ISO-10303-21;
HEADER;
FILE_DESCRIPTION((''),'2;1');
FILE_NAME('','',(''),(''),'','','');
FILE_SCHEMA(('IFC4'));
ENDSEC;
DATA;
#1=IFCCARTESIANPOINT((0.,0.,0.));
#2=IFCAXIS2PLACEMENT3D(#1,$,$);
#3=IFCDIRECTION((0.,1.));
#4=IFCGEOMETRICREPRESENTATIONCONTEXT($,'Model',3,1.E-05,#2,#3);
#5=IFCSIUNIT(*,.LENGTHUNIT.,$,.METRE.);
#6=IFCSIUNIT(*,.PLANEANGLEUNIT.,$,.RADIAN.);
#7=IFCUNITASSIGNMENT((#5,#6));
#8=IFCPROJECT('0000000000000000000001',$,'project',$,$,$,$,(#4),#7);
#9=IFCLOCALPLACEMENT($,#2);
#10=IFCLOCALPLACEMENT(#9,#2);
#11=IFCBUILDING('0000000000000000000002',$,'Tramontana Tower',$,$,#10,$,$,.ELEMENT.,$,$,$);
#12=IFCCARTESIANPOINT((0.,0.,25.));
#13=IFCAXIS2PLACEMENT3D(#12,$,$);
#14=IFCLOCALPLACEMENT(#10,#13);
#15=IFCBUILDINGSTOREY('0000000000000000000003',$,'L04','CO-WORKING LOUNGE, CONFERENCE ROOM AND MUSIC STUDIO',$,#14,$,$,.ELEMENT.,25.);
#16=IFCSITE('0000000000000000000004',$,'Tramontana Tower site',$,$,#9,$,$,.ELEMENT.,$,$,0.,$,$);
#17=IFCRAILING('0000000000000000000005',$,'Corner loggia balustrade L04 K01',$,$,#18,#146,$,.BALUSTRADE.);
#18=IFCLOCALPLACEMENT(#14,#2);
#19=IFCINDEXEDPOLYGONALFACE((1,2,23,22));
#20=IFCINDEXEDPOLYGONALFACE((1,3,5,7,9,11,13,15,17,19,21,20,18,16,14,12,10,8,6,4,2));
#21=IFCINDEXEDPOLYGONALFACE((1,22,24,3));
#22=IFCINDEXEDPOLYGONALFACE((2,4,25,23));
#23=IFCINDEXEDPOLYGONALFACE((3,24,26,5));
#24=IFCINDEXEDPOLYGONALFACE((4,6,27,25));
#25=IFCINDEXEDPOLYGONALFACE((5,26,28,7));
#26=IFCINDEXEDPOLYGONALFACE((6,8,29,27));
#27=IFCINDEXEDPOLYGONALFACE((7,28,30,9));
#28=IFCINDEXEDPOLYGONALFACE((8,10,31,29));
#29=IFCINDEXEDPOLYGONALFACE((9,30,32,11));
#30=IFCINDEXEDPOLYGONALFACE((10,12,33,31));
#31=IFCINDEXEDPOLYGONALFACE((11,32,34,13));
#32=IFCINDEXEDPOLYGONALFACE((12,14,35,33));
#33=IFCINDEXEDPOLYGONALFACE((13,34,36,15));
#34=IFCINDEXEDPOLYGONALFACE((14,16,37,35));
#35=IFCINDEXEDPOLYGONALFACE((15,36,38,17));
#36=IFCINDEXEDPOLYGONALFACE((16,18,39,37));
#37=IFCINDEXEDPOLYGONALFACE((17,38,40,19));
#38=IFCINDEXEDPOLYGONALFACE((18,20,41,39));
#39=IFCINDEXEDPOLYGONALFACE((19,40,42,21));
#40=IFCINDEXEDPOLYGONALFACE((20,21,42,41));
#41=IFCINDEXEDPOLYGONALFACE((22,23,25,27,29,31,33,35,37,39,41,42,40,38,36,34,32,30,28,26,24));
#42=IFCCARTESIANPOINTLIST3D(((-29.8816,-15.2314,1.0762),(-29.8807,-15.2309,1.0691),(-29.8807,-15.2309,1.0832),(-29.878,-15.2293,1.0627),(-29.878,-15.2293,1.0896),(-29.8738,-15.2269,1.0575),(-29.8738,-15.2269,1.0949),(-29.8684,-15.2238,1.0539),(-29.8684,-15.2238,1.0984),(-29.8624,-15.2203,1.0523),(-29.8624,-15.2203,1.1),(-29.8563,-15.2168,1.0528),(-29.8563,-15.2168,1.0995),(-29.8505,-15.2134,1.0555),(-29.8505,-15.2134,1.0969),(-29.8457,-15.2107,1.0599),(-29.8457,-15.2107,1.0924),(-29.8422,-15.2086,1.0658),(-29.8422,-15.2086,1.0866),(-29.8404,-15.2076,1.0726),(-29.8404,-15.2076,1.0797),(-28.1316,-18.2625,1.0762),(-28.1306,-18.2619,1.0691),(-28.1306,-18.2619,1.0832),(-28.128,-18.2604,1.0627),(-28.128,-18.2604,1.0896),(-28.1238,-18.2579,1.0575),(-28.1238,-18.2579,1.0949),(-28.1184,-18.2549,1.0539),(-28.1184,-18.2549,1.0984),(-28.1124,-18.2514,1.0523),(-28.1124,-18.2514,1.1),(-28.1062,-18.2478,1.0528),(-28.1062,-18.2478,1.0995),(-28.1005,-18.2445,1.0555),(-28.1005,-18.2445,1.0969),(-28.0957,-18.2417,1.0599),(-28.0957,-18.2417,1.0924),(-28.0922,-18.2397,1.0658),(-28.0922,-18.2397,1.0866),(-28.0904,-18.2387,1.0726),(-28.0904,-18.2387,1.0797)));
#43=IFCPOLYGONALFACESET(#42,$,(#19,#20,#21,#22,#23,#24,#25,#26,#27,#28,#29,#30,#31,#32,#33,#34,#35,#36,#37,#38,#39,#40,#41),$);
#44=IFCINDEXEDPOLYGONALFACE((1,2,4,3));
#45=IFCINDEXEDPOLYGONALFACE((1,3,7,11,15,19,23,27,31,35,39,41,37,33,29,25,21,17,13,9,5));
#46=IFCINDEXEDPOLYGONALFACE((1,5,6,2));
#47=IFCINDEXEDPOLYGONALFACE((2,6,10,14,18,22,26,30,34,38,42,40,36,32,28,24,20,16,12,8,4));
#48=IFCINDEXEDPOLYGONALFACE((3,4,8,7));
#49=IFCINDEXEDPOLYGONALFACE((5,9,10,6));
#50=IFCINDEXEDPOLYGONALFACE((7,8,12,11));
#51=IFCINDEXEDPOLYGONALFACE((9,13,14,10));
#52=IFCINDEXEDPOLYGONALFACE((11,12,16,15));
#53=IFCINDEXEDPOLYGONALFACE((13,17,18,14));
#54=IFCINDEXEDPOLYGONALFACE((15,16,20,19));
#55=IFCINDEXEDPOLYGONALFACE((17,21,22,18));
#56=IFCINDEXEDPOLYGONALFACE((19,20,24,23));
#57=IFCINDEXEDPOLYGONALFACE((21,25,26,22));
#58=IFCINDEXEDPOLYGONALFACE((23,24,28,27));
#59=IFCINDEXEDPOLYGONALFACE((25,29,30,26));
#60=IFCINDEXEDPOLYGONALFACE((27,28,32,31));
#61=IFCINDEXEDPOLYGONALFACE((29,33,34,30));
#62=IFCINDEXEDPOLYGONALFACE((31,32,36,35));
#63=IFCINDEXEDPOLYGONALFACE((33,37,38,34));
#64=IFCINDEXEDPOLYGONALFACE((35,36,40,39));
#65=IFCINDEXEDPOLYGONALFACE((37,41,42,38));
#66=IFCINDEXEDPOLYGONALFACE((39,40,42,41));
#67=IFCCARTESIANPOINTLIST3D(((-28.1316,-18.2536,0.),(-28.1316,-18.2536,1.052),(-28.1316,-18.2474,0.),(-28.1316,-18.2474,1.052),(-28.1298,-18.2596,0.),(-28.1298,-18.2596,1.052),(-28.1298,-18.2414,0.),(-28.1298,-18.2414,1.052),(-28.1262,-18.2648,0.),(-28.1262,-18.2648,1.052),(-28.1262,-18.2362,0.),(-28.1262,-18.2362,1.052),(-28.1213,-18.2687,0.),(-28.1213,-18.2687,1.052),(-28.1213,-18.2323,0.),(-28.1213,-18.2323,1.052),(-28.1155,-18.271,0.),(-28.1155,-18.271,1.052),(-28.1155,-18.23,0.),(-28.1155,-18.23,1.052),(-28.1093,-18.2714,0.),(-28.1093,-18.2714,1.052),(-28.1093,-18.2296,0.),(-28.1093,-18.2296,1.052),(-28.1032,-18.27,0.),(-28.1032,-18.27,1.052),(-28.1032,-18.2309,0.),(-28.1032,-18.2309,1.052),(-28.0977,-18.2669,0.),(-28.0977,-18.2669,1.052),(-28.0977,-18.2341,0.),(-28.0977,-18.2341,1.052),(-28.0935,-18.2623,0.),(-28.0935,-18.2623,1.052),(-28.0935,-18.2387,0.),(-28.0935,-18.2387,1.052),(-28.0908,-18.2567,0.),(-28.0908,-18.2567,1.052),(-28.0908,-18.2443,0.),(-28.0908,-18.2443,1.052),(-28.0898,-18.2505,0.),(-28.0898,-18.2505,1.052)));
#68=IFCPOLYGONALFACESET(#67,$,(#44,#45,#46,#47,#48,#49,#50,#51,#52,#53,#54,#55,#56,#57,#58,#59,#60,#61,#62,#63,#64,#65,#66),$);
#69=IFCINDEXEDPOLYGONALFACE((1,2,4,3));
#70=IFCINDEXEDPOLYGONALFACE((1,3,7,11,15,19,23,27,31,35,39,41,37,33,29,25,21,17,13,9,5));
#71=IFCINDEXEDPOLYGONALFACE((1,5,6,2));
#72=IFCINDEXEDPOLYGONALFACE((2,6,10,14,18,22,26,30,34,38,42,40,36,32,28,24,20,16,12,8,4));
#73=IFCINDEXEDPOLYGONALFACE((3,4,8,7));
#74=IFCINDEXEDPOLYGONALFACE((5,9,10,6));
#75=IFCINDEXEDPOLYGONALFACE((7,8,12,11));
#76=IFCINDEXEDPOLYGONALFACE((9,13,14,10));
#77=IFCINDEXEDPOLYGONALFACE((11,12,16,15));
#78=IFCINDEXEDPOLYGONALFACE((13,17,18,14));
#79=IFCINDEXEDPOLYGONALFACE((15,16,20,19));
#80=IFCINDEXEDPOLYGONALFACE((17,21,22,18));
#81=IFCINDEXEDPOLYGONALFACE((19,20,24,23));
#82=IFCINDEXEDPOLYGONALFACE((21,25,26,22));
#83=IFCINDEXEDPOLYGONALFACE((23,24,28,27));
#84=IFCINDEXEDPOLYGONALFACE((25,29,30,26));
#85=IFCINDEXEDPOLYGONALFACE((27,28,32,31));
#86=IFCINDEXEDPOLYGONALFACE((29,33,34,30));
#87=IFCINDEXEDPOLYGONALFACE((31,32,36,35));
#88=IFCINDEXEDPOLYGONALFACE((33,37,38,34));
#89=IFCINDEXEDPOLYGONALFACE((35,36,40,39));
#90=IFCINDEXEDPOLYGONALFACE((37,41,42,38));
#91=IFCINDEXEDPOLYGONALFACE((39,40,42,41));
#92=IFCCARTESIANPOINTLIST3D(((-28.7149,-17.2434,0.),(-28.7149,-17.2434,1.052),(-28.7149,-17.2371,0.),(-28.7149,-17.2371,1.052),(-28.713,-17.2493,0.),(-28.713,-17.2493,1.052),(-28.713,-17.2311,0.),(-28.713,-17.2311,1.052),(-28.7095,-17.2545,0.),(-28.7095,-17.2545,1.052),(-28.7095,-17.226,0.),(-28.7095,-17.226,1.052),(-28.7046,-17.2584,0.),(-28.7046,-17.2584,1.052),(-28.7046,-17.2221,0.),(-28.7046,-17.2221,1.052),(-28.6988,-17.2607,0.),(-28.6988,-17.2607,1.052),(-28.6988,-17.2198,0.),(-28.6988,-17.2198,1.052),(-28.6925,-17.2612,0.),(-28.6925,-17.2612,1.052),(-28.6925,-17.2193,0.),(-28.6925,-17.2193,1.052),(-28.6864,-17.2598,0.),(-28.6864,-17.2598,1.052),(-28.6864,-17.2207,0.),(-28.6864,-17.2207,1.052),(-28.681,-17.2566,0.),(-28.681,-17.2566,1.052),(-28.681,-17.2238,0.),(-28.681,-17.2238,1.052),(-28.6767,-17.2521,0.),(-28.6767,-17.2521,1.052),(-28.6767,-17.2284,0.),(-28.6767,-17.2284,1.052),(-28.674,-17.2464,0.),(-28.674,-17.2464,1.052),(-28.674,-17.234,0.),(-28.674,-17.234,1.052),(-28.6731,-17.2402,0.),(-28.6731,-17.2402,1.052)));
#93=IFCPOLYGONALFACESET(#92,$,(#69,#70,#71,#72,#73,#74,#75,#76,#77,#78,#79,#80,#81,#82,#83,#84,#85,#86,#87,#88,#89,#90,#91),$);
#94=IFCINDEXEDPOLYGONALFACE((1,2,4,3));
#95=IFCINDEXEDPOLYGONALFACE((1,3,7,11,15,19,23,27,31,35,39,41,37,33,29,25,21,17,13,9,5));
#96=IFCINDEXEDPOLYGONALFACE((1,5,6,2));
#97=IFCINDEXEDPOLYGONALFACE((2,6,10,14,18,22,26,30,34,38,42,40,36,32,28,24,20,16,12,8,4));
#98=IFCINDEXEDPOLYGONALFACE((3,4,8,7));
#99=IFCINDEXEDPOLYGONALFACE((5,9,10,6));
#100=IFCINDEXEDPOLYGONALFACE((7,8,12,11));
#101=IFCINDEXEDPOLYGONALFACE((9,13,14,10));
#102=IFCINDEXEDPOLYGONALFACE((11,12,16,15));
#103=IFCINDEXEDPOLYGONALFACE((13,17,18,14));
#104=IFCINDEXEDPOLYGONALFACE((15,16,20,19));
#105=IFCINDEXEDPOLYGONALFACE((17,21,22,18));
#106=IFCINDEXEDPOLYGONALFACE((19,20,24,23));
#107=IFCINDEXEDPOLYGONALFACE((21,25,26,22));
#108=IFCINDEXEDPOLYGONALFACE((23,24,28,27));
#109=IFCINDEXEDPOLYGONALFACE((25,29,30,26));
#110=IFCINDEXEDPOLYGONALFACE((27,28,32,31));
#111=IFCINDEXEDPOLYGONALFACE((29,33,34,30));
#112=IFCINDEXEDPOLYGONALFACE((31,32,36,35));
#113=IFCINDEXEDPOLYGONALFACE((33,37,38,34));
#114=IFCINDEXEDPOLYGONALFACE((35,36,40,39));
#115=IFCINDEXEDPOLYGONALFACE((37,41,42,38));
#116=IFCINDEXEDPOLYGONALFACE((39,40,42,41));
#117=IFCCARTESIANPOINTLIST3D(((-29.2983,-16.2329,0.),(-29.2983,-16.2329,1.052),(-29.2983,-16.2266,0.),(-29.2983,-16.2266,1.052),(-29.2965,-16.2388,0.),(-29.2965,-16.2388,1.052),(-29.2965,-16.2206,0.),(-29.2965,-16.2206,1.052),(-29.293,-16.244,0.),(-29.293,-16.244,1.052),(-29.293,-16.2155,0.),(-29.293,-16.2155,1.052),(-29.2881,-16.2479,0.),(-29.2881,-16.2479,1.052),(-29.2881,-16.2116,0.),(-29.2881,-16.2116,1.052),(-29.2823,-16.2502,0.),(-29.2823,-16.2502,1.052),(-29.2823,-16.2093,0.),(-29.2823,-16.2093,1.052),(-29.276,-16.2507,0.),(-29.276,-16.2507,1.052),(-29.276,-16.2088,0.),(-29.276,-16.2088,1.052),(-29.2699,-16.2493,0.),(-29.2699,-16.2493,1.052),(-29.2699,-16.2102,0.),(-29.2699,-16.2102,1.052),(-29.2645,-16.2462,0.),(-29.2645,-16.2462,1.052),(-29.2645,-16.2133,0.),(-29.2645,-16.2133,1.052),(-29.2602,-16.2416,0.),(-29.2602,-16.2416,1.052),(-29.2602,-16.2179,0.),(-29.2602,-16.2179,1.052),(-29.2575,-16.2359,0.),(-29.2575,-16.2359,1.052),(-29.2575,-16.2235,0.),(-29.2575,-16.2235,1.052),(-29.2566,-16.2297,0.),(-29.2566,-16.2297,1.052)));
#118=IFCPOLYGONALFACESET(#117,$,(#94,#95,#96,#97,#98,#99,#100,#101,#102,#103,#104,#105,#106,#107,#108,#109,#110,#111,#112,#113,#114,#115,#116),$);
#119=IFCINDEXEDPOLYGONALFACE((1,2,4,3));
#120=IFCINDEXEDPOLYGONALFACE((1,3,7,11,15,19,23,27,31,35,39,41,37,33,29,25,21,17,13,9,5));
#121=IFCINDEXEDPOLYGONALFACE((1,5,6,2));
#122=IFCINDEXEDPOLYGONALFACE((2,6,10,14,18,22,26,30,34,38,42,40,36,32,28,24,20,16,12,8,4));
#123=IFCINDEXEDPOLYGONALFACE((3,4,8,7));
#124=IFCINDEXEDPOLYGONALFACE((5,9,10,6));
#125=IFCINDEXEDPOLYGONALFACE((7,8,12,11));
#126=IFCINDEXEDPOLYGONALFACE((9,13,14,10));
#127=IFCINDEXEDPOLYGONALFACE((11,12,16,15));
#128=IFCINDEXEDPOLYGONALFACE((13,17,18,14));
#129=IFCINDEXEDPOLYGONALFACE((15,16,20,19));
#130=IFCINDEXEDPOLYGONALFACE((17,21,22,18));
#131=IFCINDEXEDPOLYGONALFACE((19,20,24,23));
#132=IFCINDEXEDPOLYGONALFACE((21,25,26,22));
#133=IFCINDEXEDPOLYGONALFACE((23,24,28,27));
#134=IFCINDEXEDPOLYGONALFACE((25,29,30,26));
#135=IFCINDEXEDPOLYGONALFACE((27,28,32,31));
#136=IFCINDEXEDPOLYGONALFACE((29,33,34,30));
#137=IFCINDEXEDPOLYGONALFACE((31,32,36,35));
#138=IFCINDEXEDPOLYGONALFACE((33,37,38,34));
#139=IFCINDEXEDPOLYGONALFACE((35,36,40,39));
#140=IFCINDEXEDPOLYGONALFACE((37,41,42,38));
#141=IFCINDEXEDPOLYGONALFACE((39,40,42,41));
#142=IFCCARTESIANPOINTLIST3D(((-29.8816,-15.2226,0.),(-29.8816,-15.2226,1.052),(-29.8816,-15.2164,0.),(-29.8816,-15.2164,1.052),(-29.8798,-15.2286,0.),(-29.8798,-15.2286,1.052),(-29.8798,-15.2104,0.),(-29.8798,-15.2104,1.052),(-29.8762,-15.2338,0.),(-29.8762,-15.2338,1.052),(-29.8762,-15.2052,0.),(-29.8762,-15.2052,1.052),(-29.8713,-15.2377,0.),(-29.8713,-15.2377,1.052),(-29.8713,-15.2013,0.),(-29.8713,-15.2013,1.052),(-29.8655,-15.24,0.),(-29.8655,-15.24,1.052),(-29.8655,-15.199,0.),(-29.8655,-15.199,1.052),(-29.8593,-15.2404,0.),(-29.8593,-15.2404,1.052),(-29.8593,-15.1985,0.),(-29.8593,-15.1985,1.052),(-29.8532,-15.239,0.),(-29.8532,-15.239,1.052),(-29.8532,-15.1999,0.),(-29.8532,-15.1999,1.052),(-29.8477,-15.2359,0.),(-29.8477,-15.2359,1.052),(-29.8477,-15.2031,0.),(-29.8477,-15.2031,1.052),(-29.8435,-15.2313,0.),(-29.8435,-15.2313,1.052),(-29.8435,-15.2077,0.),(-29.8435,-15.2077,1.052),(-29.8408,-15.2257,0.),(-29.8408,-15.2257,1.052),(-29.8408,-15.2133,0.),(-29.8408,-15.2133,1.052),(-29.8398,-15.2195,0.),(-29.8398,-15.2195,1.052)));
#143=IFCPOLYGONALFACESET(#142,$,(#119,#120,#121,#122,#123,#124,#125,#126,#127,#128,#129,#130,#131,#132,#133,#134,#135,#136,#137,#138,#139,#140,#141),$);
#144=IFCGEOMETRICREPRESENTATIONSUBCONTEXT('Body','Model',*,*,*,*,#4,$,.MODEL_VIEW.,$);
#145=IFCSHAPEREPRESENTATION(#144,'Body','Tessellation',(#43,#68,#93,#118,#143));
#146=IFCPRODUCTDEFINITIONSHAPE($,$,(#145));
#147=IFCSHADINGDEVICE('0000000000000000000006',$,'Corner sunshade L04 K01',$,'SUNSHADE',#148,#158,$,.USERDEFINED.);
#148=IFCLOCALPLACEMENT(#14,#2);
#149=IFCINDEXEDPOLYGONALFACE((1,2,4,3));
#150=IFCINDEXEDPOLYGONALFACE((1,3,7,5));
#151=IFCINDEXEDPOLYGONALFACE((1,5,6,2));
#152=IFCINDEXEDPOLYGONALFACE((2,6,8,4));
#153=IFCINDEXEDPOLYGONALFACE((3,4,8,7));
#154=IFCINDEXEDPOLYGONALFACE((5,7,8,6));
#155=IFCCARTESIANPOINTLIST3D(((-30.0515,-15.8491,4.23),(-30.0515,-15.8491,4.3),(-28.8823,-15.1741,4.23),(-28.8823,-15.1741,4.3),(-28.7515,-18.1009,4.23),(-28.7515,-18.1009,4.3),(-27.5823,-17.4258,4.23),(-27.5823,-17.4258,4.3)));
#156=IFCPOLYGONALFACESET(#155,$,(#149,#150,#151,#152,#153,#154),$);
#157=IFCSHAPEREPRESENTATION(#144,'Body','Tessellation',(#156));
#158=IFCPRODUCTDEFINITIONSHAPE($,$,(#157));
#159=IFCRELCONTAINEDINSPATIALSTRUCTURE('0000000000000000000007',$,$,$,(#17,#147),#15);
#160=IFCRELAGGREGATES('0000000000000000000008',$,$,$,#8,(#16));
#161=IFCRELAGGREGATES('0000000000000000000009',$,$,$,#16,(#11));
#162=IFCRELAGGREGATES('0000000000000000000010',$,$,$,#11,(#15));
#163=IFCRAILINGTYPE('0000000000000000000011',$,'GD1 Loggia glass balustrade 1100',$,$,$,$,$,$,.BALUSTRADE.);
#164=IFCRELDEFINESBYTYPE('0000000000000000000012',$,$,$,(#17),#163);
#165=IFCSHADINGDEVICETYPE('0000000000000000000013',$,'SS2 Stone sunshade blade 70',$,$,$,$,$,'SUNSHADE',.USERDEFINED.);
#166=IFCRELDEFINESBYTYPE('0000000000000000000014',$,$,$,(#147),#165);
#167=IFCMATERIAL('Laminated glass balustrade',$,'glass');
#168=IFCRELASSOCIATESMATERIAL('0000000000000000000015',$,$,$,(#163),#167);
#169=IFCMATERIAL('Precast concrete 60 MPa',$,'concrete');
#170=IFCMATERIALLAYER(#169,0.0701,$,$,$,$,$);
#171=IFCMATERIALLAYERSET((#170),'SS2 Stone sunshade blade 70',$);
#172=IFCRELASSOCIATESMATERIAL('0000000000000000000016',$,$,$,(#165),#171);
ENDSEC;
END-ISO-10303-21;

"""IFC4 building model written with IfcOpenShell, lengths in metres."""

from ifc_helpers import new_model, si_unit, direction, frame, origin, origin_2d, place, context, subcontext, project, spatial, rectangle, circle, extrude, material, layer, layer_set, type_object, element, save


model = new_model("IFC4")

# Units and contexts
model_context = context("Model", 3, precision=1e-05, world=origin(), true_north=direction((0.0, 1.0)))
body_context = subcontext(model_context, "Body", "Model", "MODEL_VIEW")
ifc_project = project(units=[si_unit("LENGTHUNIT", "METRE"), si_unit("PLANEANGLEUNIT", "RADIAN")], contexts=[model_context])

# Site, building, storey
site_placement = place(None, origin())
site = spatial("IfcSite", under=ifc_project, at=site_placement, Name="Tramontana Tower site", CompositionType="ELEMENT", RefElevation=0.0)
building_placement = place(site_placement, origin())
building = spatial("IfcBuilding", under=site, at=building_placement, Name="Tramontana Tower", CompositionType="ELEMENT")
storey_placement = place(building_placement, frame((0.0, 0.0, 25.0)))
storey = spatial("IfcBuildingStorey", under=building, at=storey_placement, Name="L04", Description="CO-WORKING LOUNGE, CONFERENCE ROOM AND MUSIC STUDIO", CompositionType="ELEMENT", Elevation=25.0)

# Railing
ifc_material_1 = material(Name="Laminated glass balustrade", Category="glass")
railing_type = type_object("IfcRailingType", Name="GD1 Loggia glass balustrade 1100", PredefinedType="BALUSTRADE", material=ifc_material_1)
railing_1_placement = place(storey_placement, frame((-28.1108, -18.2505, 0.0)))
element("IfcRailing", 1, at=railing_1_placement, inside=storey, type_object=railing_type, Name="Corner loggia balustrade L04 K01", PredefinedType="BALUSTRADE", context=body_context, shape_type="SweptSolid", body=[
    extrude(circle(Radius=0.0239, at=origin_2d()), frame((0.0, 0.0, 1.0762), z_axis=(-0.50001, 0.866019, 0.0), x_axis=(-0.866019, -0.50001, 0.0)), (0.0, 0.0, 1.0), 3.5),
    extrude(circle(Radius=0.021, at=origin_2d()), origin(), (0.0, 0.0, 1.0), 1.052),
    extrude(circle(Radius=0.021, at=origin_2d()), frame((-0.5833, 1.0103, 0.0)), (0.0, 0.0, 1.0), 1.052),
    extrude(circle(Radius=0.021, at=origin_2d()), frame((-1.1667, 2.0208, 0.0)), (0.0, 0.0, 1.0), 1.052),
    extrude(circle(Radius=0.021, at=origin_2d()), frame((-1.75, 3.031, 0.0)), (0.0, 0.0, 1.0), 1.052),
])

# Shading device
ifc_material_2 = material(Name="Precast concrete 60 MPa", Category="concrete")
ifc_layer_1 = layer(ifc_material_2, 0.0701)
ifc_layer_set_1 = layer_set([ifc_layer_1], Name="SS2 Stone sunshade blade 70")
shading_device_type = type_object("IfcShadingDeviceType", Name="SS2 Stone sunshade blade 70", ElementType="SUNSHADE", PredefinedType="USERDEFINED", material=ifc_layer_set_1)
shading_device_placement = place(storey_placement, frame((-28.8169, -16.6375, 4.23), z_axis=(0.0, 0.0, 1.0), x_axis=(-0.5, 0.866025, 0.0)))
element("IfcShadingDevice", 2, at=shading_device_placement, inside=storey, type_object=shading_device_type, Name="Corner sunshade L04 K01", ObjectType="SUNSHADE", PredefinedType="USERDEFINED", context=body_context, shape_type="SweptSolid", body=[
    extrude(rectangle(XDim=2.6001, YDim=1.3501, at=origin_2d()), origin(), (0.0, 0.0, 1.0), 0.0701),
])

save(model, "model.ifc")
